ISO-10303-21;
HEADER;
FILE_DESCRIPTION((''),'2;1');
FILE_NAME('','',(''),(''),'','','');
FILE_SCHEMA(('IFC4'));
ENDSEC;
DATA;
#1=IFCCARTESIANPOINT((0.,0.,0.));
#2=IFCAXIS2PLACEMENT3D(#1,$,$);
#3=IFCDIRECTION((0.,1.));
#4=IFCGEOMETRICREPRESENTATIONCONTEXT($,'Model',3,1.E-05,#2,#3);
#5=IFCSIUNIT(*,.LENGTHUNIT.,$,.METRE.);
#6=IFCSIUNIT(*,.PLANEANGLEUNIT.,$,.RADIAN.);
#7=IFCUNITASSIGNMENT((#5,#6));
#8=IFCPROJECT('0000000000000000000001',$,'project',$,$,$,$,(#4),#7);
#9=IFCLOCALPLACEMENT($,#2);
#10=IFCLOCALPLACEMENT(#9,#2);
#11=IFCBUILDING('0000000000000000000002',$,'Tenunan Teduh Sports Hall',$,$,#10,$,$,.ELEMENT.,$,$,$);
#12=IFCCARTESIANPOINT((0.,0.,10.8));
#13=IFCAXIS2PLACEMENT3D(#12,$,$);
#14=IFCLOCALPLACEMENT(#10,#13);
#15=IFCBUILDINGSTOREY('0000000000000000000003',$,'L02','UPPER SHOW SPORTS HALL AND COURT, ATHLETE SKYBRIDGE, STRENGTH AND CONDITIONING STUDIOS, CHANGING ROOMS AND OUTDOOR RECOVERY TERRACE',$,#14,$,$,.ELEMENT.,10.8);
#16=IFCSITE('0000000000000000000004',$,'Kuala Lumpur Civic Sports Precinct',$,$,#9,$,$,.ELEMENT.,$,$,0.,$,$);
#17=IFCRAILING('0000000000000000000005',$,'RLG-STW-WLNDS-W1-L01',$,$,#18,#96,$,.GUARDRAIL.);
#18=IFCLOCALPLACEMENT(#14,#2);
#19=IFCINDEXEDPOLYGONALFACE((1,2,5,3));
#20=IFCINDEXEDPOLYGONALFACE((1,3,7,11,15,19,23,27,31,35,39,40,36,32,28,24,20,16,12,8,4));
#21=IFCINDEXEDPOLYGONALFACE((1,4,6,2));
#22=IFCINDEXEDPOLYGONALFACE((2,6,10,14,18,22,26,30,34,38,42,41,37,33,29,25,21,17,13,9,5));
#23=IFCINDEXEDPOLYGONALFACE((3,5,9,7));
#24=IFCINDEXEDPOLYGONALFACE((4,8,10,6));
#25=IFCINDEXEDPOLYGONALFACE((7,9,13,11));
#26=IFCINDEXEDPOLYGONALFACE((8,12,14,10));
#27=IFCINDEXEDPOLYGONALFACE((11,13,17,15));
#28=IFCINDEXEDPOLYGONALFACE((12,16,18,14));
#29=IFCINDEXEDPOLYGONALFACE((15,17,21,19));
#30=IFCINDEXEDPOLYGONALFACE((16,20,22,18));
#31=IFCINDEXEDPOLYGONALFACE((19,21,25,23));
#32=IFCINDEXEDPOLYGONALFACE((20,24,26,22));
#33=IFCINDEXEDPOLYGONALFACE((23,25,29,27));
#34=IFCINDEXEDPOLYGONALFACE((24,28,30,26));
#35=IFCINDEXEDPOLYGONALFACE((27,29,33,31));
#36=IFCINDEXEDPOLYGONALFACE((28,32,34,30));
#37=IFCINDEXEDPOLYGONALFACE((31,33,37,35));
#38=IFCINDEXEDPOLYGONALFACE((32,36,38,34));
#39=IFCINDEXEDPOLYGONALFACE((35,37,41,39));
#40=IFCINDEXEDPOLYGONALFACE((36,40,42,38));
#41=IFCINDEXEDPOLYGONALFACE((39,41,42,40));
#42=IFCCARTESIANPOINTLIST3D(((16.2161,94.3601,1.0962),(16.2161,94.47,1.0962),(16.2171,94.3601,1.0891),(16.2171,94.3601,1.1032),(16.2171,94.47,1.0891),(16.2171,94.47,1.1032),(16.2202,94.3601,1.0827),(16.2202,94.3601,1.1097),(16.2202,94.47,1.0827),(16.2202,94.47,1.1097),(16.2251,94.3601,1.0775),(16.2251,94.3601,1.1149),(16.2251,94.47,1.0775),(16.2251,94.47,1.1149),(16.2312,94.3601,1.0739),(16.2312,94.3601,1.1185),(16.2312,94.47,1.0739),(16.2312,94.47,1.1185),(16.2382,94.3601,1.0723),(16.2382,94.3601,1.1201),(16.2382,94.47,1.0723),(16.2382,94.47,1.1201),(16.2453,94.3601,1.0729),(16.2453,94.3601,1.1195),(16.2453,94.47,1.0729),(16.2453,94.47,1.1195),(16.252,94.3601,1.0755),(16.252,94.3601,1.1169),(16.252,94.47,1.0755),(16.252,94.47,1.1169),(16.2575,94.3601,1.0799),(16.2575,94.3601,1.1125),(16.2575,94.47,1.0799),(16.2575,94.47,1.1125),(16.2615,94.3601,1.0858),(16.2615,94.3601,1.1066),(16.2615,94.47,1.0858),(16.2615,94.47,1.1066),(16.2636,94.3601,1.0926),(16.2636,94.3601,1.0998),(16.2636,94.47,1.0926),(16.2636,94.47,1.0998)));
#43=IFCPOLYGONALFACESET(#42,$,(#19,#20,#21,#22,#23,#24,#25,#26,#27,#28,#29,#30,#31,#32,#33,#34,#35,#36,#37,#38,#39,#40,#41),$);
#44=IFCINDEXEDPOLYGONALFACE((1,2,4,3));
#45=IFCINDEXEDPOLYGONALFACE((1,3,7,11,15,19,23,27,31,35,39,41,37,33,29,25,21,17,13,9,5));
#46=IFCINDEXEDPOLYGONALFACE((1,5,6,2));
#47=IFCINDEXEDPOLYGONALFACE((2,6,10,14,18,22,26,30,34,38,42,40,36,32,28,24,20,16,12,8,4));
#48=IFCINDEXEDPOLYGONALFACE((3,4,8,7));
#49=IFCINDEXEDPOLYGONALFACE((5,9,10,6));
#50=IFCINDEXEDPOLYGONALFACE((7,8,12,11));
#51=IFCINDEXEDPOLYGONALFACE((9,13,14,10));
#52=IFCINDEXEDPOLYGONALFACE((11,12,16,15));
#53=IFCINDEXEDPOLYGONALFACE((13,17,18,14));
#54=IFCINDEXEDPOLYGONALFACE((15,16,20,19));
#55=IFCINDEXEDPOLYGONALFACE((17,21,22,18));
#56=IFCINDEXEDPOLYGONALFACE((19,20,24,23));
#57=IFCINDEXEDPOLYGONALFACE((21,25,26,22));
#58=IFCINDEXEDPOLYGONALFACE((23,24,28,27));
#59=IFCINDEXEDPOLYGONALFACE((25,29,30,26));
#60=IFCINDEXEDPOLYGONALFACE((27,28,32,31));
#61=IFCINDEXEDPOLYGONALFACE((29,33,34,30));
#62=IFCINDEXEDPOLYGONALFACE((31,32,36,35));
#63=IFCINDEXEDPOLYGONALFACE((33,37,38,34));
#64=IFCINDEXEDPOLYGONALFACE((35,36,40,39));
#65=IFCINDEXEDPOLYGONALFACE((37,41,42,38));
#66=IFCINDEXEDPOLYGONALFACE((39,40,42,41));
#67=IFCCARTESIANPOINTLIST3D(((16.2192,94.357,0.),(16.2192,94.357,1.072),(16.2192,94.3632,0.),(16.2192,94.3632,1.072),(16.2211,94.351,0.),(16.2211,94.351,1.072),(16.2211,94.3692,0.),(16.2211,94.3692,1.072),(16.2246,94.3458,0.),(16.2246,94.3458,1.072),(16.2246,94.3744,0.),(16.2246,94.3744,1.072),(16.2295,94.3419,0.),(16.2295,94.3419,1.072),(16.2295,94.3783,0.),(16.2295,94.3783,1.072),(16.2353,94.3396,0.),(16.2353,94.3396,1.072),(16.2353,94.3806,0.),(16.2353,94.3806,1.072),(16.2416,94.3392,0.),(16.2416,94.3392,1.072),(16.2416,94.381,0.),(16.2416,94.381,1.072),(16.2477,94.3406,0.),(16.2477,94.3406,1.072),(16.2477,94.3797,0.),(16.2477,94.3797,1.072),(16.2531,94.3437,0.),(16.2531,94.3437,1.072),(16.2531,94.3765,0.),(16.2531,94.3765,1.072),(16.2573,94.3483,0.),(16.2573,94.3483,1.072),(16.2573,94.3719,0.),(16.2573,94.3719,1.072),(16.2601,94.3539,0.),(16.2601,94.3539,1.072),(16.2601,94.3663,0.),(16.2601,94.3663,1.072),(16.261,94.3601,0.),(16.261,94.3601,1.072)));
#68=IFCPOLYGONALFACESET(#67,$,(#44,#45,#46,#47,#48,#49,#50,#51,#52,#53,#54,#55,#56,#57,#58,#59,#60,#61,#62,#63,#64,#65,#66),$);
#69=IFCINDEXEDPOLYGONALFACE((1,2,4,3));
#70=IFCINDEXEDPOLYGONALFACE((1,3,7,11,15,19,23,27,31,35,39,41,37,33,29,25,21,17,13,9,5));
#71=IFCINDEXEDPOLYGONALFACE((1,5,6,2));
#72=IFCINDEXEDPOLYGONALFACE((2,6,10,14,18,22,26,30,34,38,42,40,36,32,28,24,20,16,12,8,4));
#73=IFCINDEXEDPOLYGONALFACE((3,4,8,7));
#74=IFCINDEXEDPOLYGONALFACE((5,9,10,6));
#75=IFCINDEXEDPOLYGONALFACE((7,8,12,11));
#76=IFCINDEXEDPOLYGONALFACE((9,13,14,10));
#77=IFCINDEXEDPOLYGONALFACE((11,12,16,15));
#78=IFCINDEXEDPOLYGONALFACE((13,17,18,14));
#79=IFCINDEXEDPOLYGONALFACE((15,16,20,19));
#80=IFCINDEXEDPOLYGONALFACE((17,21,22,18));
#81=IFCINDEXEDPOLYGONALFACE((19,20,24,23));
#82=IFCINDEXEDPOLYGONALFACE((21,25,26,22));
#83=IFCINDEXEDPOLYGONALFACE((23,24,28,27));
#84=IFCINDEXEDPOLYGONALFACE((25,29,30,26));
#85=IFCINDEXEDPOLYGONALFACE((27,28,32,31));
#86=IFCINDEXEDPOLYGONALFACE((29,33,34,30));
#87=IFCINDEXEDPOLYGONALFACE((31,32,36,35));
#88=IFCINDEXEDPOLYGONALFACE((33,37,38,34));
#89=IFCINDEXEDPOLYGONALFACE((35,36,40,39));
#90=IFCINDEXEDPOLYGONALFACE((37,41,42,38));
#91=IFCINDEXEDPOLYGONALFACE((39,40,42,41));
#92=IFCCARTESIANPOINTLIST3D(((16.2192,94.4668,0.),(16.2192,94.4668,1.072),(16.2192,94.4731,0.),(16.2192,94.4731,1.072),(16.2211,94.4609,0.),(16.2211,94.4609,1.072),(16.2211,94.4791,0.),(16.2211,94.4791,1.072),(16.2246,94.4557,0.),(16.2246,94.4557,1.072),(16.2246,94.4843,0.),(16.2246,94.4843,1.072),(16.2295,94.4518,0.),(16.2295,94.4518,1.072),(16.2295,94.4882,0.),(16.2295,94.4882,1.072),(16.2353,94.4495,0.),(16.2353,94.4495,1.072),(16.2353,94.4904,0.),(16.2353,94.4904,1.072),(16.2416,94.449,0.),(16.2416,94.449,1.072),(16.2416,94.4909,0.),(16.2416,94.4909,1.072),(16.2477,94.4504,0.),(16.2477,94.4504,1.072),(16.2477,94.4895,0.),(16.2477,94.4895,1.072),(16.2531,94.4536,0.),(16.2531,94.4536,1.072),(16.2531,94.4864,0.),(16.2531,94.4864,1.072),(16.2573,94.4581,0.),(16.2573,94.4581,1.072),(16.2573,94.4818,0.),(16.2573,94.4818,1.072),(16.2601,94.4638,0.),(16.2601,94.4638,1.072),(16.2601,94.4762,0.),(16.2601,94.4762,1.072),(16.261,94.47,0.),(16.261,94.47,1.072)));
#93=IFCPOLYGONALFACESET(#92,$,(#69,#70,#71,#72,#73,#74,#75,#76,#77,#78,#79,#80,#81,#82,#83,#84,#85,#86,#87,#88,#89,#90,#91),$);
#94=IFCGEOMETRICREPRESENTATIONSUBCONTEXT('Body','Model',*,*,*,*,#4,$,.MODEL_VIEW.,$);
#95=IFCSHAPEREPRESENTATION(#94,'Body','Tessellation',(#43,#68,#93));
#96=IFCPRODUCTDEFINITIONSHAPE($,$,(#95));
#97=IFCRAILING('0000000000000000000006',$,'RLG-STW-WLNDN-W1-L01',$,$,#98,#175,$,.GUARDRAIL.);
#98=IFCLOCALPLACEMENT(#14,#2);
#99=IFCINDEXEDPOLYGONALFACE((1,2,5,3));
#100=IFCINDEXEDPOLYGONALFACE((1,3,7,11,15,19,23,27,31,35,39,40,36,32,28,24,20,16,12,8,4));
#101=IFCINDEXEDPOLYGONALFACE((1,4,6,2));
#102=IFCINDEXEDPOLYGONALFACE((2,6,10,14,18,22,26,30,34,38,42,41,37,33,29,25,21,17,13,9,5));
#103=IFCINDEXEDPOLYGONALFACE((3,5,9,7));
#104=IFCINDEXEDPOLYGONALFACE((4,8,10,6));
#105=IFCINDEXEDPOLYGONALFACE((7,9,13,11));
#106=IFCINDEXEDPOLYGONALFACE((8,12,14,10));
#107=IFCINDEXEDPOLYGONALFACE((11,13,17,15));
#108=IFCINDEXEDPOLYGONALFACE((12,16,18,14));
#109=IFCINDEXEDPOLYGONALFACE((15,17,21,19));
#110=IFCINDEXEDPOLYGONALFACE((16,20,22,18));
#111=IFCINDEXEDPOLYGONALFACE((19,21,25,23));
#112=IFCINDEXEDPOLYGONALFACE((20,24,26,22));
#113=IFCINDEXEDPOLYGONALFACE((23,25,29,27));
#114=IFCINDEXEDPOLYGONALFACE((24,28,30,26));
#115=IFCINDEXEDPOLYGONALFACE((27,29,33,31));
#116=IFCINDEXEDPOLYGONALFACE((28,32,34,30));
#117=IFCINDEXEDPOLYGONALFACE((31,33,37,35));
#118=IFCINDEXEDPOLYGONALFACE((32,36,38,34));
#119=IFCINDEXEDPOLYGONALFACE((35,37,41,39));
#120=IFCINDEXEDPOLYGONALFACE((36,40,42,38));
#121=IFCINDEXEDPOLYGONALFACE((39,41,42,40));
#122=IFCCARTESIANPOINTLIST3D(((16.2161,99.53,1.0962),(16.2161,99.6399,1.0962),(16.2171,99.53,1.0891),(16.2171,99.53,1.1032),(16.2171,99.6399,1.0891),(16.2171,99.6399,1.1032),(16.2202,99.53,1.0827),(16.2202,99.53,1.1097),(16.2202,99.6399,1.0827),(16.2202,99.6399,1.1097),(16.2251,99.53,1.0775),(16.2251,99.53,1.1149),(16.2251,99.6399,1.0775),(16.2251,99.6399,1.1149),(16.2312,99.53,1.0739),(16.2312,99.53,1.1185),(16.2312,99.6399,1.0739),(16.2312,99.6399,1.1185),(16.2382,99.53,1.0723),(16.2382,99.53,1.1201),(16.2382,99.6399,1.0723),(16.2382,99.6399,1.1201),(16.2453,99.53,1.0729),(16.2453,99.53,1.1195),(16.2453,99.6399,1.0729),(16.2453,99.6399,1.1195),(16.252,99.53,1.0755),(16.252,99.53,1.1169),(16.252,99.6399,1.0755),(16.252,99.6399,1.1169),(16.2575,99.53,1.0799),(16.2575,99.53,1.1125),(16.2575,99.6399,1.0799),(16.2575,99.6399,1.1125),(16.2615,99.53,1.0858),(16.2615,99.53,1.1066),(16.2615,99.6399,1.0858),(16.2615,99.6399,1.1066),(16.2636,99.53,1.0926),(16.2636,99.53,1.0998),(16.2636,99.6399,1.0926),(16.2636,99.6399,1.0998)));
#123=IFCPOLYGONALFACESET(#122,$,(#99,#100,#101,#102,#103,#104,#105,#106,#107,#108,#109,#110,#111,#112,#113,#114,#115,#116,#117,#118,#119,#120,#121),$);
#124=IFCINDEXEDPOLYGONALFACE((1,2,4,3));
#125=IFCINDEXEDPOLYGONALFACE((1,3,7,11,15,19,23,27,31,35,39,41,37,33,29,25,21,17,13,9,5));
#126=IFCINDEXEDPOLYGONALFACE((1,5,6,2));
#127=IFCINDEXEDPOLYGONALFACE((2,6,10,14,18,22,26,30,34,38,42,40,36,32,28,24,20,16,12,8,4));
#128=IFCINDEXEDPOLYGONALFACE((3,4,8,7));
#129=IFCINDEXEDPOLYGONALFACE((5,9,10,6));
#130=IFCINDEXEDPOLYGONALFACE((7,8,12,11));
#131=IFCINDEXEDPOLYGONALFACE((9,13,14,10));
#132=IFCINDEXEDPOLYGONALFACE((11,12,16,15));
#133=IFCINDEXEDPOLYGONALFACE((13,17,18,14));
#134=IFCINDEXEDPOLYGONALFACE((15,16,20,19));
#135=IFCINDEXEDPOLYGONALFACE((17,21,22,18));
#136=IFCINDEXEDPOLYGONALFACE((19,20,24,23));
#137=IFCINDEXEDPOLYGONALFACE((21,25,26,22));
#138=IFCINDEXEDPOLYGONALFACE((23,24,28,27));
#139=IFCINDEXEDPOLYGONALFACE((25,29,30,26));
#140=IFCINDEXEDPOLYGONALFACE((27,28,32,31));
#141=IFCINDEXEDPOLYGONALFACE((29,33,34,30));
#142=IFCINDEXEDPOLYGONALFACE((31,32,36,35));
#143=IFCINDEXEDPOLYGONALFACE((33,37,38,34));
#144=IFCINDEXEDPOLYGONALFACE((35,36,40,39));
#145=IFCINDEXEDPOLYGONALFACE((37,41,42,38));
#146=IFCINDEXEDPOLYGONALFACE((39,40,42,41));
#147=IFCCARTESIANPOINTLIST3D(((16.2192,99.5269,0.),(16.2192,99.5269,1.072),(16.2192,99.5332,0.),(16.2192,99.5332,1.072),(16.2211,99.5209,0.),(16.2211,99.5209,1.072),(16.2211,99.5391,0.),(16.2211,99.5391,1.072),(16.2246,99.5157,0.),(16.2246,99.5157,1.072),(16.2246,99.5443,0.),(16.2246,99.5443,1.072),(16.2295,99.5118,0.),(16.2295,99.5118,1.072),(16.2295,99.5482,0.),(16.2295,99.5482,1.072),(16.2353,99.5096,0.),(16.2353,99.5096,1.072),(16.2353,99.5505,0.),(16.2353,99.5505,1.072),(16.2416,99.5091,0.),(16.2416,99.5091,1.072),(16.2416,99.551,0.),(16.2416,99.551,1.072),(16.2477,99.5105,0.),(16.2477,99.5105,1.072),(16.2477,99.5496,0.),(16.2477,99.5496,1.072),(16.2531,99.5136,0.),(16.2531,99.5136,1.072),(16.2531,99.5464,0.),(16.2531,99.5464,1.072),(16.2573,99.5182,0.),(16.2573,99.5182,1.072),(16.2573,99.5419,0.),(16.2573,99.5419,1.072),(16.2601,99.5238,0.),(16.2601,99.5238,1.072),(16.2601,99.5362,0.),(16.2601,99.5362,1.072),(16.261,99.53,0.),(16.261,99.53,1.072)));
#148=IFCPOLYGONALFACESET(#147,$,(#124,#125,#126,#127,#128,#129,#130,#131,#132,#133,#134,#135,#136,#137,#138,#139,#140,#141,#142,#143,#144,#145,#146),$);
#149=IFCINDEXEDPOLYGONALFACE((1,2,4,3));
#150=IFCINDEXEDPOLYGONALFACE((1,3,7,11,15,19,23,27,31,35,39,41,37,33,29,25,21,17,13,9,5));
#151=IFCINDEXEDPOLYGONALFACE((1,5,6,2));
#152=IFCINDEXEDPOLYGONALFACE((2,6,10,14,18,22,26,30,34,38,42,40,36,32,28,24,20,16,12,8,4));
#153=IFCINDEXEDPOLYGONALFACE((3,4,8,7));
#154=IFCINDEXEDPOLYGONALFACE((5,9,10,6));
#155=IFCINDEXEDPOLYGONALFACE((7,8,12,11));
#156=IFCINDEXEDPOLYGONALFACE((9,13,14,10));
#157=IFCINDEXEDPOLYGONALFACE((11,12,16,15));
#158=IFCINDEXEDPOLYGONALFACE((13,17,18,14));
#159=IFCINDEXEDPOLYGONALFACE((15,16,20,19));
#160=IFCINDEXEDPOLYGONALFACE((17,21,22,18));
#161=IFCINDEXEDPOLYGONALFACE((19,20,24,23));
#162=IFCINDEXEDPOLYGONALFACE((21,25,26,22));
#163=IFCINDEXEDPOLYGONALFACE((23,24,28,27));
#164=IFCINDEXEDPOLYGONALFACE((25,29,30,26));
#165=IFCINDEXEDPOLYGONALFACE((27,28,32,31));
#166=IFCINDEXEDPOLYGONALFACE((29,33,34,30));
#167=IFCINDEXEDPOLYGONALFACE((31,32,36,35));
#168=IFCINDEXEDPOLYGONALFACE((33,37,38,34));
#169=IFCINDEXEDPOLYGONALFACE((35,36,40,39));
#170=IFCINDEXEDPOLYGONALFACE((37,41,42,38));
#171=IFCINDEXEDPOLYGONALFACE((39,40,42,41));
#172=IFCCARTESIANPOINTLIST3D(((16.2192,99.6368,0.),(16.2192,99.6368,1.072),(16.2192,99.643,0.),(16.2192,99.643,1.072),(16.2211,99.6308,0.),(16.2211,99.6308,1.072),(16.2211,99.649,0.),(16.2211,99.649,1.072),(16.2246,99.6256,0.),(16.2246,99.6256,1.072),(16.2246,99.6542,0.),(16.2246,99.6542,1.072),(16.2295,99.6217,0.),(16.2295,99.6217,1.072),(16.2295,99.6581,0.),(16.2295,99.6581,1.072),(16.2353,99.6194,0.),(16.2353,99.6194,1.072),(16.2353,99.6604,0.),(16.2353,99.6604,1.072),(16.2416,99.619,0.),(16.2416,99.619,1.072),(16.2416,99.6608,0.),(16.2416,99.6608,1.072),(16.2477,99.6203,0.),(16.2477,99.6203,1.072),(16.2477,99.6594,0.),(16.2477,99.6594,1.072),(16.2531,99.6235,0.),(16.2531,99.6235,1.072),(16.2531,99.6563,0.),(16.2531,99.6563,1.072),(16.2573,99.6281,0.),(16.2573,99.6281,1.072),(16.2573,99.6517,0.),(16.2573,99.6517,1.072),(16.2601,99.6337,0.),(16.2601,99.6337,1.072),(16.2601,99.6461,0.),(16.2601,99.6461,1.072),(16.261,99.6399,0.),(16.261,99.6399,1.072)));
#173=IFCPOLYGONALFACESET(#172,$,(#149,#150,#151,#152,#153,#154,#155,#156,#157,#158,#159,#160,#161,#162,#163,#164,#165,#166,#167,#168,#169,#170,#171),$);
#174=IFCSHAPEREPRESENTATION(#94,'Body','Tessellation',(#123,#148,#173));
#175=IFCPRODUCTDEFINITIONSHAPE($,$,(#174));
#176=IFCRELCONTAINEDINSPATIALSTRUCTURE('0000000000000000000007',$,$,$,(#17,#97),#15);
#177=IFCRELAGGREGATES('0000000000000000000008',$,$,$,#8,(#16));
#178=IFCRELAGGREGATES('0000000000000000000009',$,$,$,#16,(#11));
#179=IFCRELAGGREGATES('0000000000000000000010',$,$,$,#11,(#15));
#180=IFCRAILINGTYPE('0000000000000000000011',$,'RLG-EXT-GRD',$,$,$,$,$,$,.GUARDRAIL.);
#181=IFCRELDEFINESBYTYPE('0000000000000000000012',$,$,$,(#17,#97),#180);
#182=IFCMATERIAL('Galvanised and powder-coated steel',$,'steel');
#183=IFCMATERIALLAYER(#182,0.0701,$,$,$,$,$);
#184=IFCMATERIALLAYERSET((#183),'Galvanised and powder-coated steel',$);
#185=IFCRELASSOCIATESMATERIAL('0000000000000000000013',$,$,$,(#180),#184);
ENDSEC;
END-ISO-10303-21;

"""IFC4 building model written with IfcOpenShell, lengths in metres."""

from ifc_helpers import new_model, si_unit, direction, frame, origin, origin_2d, place, context, subcontext, project, spatial, circle, extrude, material, layer, layer_set, type_object, element, save


model = new_model("IFC4")

# Units and contexts
model_context = context("Model", 3, precision=1e-05, world=origin(), true_north=direction((0.0, 1.0)))
body_context = subcontext(model_context, "Body", "Model", "MODEL_VIEW")
ifc_project = project(units=[si_unit("LENGTHUNIT", "METRE"), si_unit("PLANEANGLEUNIT", "RADIAN")], contexts=[model_context])

# Site, building, storey
site_placement = place(None, origin())
site = spatial("IfcSite", under=ifc_project, at=site_placement, Name="Kuala Lumpur Civic Sports Precinct", CompositionType="ELEMENT", RefElevation=0.0)
building_placement = place(site_placement, origin())
building = spatial("IfcBuilding", under=site, at=building_placement, Name="Tenunan Teduh Sports Hall", CompositionType="ELEMENT")
storey_placement = place(building_placement, frame((0.0, 0.0, 10.8)))
storey = spatial("IfcBuildingStorey", under=building, at=storey_placement, Name="L02", Description="UPPER SHOW SPORTS HALL AND COURT, ATHLETE SKYBRIDGE, STRENGTH AND CONDITIONING STUDIOS, CHANGING ROOMS AND OUTDOOR RECOVERY TERRACE", CompositionType="ELEMENT", Elevation=10.8)

# Railings
ifc_material_1 = material(Name="Galvanised and powder-coated steel", Category="steel")
ifc_layer_1 = layer(ifc_material_1, 0.0701)
ifc_layer_set_1 = layer_set([ifc_layer_1], Name="Galvanised and powder-coated steel")
railing_type_1 = type_object("IfcRailingType", Name="RLG-EXT-GRD", PredefinedType="GUARDRAIL", material=ifc_layer_set_1)
for number, where, name in (
    (1, (16.24, 94.3601, 0.0), "RLG-STW-WLNDS-W1-L01"),
    (2, (16.24, 99.53, 0.0), "RLG-STW-WLNDN-W1-L01"),
):
    element("IfcRailing", number, at=place(storey_placement, frame(where)), inside=storey, type_object=railing_type_1, Name=name, PredefinedType="GUARDRAIL", context=body_context, shape_type="SweptSolid", body=[
        extrude(circle(Radius=0.0239, at=origin_2d()), frame((0.0, 0.0, 1.0962), z_axis=(0.0, 1.0, 0.0), x_axis=(-1.0, 0.0, 0.0)), (0.0, 0.0, 1.0), 0.1099),
        extrude(circle(Radius=0.021, at=origin_2d()), origin(), (0.0, 0.0, 1.0), 1.072),
        extrude(circle(Radius=0.021, at=origin_2d()), frame((0.0, 0.1099, 0.0)), (0.0, 0.0, 1.0), 1.072),
    ])

save(model, "model.ifc")
